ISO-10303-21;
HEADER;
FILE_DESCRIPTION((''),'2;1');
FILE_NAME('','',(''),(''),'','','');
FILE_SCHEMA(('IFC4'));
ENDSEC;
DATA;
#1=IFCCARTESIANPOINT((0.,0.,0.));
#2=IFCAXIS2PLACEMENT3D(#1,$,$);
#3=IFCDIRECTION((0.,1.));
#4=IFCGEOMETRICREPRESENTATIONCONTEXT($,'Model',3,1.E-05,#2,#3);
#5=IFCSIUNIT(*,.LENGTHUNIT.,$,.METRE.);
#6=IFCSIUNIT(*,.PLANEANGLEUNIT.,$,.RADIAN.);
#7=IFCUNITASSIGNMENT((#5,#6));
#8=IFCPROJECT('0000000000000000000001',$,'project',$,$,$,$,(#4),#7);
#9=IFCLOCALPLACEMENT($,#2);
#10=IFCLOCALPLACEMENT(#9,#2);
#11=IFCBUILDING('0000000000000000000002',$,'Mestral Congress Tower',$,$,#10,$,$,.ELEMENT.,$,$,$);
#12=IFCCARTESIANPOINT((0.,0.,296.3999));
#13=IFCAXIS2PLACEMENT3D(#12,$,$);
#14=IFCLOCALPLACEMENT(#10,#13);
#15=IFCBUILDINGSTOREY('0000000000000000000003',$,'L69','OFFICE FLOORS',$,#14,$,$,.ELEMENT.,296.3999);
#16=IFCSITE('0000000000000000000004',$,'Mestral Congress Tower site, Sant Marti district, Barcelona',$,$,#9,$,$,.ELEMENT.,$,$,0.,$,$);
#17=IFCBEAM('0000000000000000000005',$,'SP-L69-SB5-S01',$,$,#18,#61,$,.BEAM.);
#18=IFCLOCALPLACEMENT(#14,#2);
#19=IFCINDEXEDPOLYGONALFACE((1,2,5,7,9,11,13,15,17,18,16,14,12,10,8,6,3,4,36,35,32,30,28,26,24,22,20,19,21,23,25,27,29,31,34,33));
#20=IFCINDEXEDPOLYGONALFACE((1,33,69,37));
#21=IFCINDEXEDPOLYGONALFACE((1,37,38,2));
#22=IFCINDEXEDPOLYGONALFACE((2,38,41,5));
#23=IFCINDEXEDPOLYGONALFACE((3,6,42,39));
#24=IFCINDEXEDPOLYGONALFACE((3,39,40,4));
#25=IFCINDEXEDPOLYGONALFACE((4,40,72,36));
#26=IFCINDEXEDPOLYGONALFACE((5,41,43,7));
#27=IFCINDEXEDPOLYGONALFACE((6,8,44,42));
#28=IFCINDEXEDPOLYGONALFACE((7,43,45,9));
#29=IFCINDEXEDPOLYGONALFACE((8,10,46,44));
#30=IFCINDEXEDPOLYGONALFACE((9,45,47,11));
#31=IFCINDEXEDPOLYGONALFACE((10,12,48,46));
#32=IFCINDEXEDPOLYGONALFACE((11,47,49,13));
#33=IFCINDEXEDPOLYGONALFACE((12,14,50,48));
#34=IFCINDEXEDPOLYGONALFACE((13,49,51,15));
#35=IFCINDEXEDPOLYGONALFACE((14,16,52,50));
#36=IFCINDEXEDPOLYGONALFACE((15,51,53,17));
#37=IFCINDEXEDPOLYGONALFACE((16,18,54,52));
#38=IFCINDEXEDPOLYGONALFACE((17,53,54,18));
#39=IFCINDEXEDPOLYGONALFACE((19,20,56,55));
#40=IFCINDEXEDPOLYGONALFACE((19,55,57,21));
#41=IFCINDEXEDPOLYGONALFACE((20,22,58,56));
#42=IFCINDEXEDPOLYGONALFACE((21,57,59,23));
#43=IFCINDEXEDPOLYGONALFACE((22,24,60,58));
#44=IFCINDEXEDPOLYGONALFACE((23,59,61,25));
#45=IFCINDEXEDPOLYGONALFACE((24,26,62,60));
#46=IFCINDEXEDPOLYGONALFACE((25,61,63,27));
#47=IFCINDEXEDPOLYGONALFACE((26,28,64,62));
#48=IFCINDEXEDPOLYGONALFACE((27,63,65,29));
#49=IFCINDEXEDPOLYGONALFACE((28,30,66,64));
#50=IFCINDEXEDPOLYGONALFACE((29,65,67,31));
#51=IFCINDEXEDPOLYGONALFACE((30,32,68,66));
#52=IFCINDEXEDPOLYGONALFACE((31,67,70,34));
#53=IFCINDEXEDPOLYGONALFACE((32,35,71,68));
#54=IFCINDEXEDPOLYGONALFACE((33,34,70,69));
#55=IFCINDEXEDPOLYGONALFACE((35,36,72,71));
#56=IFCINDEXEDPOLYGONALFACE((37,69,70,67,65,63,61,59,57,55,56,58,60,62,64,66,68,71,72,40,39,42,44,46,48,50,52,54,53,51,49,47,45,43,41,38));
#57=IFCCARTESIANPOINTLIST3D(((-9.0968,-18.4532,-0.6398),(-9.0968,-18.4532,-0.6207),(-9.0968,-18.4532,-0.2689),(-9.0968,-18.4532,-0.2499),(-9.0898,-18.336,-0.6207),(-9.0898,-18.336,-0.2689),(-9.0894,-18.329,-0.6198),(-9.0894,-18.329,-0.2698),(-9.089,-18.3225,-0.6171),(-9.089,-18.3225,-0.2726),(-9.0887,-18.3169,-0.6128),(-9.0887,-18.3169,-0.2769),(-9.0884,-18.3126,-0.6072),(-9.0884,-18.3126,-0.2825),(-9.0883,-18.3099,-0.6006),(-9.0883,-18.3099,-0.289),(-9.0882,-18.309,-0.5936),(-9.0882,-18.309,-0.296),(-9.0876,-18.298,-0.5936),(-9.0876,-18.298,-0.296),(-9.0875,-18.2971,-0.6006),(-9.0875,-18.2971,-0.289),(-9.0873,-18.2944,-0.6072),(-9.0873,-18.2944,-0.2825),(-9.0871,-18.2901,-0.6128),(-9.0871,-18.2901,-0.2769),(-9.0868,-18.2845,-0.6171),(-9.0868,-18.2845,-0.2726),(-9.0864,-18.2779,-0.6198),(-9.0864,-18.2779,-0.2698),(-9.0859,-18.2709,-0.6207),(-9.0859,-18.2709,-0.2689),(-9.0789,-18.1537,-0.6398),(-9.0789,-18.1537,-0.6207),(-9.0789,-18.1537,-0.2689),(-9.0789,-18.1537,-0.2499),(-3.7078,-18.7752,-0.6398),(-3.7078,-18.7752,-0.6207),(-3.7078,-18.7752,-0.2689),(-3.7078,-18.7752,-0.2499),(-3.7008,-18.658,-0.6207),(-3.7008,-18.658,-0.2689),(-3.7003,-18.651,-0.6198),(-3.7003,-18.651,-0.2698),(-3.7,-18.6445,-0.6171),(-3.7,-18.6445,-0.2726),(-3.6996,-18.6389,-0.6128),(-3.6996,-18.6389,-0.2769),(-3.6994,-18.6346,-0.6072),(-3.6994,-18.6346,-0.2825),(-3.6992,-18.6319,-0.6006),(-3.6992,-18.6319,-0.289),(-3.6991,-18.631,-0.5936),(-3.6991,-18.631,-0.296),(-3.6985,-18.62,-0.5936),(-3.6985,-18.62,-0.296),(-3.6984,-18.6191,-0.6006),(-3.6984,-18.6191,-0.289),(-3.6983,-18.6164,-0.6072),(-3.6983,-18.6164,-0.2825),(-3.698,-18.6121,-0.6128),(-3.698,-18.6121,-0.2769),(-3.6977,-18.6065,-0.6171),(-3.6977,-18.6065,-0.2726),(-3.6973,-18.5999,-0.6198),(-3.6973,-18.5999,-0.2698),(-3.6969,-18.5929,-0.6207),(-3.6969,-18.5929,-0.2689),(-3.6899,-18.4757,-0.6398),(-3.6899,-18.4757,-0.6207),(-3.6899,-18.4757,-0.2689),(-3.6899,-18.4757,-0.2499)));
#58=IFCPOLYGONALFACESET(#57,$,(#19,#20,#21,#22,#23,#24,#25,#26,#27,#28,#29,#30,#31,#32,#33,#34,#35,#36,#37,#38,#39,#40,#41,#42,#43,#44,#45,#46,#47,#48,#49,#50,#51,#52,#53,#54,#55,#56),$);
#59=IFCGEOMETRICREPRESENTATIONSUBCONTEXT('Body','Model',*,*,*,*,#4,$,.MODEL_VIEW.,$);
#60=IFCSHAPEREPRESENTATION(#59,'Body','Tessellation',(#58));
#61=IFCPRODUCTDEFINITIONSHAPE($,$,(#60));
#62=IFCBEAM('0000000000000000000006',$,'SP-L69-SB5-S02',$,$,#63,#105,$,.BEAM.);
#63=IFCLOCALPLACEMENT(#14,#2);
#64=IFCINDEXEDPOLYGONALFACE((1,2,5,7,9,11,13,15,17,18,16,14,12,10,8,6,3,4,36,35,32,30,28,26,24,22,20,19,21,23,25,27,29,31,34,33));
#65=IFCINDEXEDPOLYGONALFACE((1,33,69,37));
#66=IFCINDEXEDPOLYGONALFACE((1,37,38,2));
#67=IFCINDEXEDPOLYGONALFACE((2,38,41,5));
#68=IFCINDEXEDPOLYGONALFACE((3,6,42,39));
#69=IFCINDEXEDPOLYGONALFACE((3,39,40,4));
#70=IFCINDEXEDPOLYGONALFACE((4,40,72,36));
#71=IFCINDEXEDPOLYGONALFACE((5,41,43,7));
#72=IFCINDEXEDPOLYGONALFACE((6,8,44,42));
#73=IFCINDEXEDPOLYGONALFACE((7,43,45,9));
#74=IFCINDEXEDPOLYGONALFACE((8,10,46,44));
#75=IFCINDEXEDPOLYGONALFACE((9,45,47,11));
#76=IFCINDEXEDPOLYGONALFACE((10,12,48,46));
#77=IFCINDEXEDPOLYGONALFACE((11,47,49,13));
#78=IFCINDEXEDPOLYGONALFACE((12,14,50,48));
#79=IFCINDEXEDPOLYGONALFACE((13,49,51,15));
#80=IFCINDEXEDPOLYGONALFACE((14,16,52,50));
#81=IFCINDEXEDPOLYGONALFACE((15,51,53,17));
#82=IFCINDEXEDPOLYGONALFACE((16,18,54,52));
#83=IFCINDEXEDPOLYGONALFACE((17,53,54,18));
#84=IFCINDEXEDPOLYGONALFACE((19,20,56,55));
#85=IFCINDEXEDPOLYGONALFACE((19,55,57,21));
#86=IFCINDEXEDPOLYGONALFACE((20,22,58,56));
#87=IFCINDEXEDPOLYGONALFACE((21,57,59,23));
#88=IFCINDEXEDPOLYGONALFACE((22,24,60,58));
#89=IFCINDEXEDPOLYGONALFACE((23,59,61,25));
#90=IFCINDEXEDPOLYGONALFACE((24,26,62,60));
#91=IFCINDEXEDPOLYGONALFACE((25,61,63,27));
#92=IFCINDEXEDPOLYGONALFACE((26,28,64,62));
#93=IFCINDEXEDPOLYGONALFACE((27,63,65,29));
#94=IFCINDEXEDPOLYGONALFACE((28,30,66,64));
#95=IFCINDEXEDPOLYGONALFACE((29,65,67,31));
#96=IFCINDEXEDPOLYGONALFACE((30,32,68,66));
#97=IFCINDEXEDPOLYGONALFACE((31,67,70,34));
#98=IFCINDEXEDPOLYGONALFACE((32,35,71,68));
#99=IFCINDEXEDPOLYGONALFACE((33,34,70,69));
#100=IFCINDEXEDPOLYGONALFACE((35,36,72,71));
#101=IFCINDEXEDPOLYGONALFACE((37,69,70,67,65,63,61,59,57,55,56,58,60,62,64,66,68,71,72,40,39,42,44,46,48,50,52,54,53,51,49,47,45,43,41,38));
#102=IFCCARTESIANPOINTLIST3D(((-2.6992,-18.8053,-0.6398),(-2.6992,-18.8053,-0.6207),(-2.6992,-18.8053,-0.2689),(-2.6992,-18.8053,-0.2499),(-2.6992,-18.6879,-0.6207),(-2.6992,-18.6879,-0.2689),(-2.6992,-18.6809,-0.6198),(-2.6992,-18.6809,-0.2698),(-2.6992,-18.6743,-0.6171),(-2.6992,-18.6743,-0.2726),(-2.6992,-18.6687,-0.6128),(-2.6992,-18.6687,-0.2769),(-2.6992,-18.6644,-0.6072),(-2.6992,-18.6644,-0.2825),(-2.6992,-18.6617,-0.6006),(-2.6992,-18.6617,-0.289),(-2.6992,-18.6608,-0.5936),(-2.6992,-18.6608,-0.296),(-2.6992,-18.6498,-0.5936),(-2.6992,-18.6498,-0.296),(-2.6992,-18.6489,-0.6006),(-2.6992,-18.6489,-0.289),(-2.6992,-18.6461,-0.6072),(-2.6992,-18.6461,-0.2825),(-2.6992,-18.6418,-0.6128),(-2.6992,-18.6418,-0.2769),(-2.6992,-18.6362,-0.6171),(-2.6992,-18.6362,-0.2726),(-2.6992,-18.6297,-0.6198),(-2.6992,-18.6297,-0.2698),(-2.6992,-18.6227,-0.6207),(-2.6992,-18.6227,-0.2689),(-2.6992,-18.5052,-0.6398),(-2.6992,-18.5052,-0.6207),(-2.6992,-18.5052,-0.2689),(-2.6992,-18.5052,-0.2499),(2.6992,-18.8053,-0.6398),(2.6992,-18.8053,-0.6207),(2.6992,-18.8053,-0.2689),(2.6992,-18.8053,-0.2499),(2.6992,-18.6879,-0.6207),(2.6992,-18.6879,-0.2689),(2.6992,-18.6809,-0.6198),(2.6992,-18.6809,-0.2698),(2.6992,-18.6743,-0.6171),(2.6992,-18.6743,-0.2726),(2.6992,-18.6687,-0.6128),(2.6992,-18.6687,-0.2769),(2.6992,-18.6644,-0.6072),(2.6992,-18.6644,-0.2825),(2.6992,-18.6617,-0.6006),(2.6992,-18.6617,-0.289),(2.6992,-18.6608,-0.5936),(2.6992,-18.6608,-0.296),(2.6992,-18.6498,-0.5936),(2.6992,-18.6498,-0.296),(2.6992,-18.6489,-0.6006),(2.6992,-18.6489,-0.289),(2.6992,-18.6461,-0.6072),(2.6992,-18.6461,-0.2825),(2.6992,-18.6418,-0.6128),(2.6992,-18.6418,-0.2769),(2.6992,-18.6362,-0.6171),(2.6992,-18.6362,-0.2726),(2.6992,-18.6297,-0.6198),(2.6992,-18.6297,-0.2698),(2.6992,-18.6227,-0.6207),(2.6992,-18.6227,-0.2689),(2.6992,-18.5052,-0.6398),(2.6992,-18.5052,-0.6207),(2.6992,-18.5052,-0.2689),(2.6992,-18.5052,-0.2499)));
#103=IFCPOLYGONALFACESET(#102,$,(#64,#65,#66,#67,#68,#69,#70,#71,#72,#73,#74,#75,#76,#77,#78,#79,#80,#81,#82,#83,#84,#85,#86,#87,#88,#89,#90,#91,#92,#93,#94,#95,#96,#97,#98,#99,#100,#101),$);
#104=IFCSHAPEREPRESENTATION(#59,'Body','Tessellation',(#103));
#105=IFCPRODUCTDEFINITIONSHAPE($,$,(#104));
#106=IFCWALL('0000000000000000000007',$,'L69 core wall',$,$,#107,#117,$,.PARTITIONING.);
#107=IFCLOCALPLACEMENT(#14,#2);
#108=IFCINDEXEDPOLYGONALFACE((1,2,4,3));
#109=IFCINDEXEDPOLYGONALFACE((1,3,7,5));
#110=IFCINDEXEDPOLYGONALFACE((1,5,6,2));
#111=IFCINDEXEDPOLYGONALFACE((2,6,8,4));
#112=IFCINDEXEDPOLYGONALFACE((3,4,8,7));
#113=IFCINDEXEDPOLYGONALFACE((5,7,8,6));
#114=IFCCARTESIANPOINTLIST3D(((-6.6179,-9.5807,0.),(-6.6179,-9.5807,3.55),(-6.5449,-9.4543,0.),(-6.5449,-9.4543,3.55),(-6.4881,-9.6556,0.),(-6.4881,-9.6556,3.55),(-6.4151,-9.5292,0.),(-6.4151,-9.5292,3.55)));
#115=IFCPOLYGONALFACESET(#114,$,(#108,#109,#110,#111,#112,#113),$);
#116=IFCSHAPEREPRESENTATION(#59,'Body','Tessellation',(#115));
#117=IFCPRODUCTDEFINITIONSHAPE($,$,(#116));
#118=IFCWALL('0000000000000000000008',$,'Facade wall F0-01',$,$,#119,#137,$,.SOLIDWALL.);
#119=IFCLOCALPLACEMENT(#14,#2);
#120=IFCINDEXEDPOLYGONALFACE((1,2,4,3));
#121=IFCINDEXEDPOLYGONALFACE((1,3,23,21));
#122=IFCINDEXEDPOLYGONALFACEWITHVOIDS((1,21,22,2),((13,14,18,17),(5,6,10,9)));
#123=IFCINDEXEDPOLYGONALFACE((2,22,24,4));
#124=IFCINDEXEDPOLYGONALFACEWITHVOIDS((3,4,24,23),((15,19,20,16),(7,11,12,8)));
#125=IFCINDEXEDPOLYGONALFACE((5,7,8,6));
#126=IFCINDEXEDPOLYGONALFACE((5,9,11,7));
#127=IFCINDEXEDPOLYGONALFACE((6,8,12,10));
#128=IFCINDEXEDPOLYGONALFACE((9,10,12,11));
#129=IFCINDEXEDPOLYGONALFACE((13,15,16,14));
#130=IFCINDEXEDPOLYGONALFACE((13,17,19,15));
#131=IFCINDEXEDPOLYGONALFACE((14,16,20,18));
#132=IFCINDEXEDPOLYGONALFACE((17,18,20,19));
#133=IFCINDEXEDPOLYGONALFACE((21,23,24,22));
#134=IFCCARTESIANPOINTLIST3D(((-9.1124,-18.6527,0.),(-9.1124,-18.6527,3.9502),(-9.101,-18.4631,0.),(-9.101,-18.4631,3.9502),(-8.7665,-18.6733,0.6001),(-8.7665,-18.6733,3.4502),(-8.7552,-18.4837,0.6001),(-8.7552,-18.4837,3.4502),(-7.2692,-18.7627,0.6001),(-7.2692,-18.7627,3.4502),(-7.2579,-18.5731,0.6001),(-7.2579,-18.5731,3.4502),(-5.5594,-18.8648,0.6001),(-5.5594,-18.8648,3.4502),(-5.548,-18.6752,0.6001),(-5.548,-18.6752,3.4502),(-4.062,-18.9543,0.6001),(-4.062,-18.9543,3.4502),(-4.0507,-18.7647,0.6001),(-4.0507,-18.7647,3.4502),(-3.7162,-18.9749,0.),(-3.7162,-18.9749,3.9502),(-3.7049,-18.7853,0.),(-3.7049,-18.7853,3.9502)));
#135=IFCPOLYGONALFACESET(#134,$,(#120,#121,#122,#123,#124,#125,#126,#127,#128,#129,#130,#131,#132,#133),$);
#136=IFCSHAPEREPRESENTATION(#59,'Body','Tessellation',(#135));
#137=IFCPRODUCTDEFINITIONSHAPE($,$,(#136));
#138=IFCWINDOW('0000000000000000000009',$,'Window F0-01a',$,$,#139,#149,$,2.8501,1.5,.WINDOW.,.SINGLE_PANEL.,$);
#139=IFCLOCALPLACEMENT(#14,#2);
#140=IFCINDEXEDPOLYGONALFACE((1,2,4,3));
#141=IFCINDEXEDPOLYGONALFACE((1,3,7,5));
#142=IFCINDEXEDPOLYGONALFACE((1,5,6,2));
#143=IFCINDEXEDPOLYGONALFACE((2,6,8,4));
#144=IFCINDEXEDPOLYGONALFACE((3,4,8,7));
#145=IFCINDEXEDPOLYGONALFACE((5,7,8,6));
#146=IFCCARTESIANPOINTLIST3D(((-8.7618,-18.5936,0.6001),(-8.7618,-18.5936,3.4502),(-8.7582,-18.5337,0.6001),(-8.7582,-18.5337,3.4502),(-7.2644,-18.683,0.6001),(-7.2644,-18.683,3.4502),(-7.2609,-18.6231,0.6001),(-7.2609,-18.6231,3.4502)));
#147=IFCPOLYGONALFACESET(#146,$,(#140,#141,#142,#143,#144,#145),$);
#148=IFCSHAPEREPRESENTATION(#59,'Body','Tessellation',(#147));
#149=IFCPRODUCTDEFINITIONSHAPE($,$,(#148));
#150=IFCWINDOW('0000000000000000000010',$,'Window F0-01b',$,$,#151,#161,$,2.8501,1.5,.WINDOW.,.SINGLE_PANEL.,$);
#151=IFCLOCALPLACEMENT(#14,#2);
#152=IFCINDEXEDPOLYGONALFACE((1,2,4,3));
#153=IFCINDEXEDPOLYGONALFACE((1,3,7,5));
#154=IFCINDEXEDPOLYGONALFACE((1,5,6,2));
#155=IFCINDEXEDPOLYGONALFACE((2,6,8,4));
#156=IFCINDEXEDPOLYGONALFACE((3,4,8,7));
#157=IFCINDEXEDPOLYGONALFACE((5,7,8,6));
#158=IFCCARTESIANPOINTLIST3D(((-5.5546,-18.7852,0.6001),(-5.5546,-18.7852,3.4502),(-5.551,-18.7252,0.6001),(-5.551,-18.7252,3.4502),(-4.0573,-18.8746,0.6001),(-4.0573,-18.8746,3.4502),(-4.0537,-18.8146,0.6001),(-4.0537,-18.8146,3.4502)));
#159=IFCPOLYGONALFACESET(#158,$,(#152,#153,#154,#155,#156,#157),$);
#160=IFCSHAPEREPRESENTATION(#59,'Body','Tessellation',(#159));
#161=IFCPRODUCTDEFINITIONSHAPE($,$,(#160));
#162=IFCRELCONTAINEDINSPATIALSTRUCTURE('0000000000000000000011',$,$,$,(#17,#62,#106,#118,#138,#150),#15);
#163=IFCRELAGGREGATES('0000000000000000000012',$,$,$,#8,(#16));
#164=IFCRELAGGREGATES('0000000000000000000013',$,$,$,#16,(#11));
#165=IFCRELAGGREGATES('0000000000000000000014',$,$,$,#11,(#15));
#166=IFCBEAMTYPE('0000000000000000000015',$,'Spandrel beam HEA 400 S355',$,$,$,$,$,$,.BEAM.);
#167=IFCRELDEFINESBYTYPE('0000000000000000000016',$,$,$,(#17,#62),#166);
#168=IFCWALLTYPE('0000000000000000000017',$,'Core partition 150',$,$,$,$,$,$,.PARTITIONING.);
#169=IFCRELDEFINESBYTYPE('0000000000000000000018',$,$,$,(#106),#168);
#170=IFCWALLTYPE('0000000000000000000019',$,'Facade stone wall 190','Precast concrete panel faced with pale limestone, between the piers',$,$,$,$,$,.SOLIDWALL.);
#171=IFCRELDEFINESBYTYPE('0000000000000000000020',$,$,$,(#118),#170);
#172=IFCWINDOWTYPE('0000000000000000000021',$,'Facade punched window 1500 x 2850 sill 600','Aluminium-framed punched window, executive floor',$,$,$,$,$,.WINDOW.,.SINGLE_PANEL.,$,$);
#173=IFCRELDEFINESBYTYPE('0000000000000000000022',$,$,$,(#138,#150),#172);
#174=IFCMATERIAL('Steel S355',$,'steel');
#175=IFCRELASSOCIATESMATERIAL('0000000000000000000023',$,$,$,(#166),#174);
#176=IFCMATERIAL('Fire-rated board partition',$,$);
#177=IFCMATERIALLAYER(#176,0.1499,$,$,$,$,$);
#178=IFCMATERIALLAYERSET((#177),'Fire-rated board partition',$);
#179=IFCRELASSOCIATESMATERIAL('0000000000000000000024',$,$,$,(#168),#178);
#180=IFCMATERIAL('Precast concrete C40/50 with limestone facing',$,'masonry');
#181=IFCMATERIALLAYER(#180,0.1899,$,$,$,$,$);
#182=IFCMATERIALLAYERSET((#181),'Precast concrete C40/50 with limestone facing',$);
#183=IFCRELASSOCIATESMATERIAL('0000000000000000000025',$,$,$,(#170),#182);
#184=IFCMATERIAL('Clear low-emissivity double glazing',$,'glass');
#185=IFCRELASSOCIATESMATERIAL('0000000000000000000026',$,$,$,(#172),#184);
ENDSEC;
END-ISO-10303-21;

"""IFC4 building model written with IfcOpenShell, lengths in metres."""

from ifc_helpers import new_model, si_unit, direction, frame, frame_2d, origin, origin_2d, place, context, subcontext, project, spatial, rectangle, i_section, extrude, material, layer, layer_set, material_profile, profile_set, type_object, element, fill, save


model = new_model("IFC4")

# Units and contexts
model_context = context("Model", 3, precision=1e-05, world=origin(), true_north=direction((0.0, 1.0)))
body_context = subcontext(model_context, "Body", "Model", "MODEL_VIEW")
ifc_project = project(units=[si_unit("LENGTHUNIT", "METRE"), si_unit("PLANEANGLEUNIT", "RADIAN")], contexts=[model_context])

# Site, building, storey
site_placement = place(None, origin())
site = spatial("IfcSite", under=ifc_project, at=site_placement, Name="Mestral Congress Tower site, Sant Marti district, Barcelona", CompositionType="ELEMENT", RefElevation=0.0)
building_placement = place(site_placement, origin())
building = spatial("IfcBuilding", under=site, at=building_placement, Name="Mestral Congress Tower", CompositionType="ELEMENT")
storey_placement = place(building_placement, frame((0.0, 0.0, 296.3999)))
storey = spatial("IfcBuildingStorey", under=building, at=storey_placement, Name="L69", Description="OFFICE FLOORS", CompositionType="ELEMENT", Elevation=296.3999)

# Beams
ifc_material_1 = material(Name="Steel S355", Category="steel")
ifc_material_profile_1 = material_profile(ifc_material_1, i_section(OverallWidth=0.3, OverallDepth=0.3899, WebThickness=0.011, FlangeThickness=0.019, FilletRadius=0.0271, at=origin_2d()), Name="HEA 400")
ifc_profile_set_1 = profile_set([ifc_material_profile_1], Name="Steel S355")
beam_type_1 = type_object("IfcBeamType", Name="Spandrel beam HEA 400 S355", PredefinedType="BEAM", material=ifc_profile_set_1)
beam_1_placement = place(storey_placement, frame((-9.0879, -18.3035, -0.4448), z_axis=(0.99822, -0.059647, 0.0), x_axis=(0.059647, 0.99822, 0.0)))
element("IfcBeam", 1, at=beam_1_placement, inside=storey, type_object=beam_type_1, Name="SP-L69-SB5-S01", PredefinedType="BEAM", context=body_context, shape_type="SweptSolid", body=[
    extrude(i_section(OverallWidth=0.3, OverallDepth=0.3899, WebThickness=0.011, FlangeThickness=0.019, FilletRadius=0.0271, at=origin_2d()), origin(), (0.0, 0.0, 1.0), 5.3987),
])
beam_2_placement = place(storey_placement, frame((-2.6992, -18.6553, -0.4448), z_axis=(1.0, 0.0, 0.0), x_axis=(0.0, 1.0, 0.0)))
element("IfcBeam", 2, at=beam_2_placement, inside=storey, type_object=beam_type_1, Name="SP-L69-SB5-S02", PredefinedType="BEAM", context=body_context, shape_type="SweptSolid", body=[
    extrude(i_section(OverallWidth=0.3, OverallDepth=0.3899, WebThickness=0.011, FlangeThickness=0.019, FilletRadius=0.0271, at=origin_2d()), origin(), (0.0, 0.0, 1.0), 5.3984),
])

# Wall
ifc_material_2 = material(Name="Fire-rated board partition")
ifc_layer_1 = layer(ifc_material_2, 0.1499)
ifc_layer_set_1 = layer_set([ifc_layer_1], Name="Fire-rated board partition")
wall_type_1 = type_object("IfcWallType", Name="Core partition 150", PredefinedType="PARTITIONING", material=ifc_layer_set_1)
wall_1_placement = place(storey_placement, frame((-6.553, -9.6182, 0.0), z_axis=(0.0, 0.0, 1.0), x_axis=(0.499915, 0.866074, 0.0)))
element("IfcWall", 3, at=wall_1_placement, inside=storey, type_object=wall_type_1, Name="L69 core wall", PredefinedType="PARTITIONING", context=body_context, shape_type="SweptSolid", body=[
    extrude(rectangle(XDim=0.146, YDim=0.1499, at=frame_2d((0.073, 0.0))), origin(), (0.0, 0.0, 1.0), 3.55),
])

# Wall, openings, windows
ifc_material_3 = material(Name="Precast concrete C40/50 with limestone facing", Category="masonry")
ifc_layer_2 = layer(ifc_material_3, 0.1899)
ifc_layer_set_2 = layer_set([ifc_layer_2], Name="Precast concrete C40/50 with limestone facing")
wall_type_2 = type_object("IfcWallType", Name="Facade stone wall 190", Description="Precast concrete panel faced with pale limestone, between the piers", PredefinedType="SOLIDWALL", material=ifc_layer_set_2)
wall_2_placement = place(storey_placement, frame((-9.1067, -18.5579, 0.0), z_axis=(0.0, 0.0, 1.0), x_axis=(0.998221, -0.059614, 0.0)))
wall_2 = element("IfcWall", 4, at=wall_2_placement, inside=storey, type_object=wall_type_2, Name="Facade wall F0-01", PredefinedType="SOLIDWALL", context=body_context, shape_type="SweptSolid", body=[
    extrude(rectangle(XDim=5.4058, YDim=0.1899, at=frame_2d((2.7029, 0.0))), origin(), (0.0, 0.0, 1.0), 3.9502),
])
opening_1_placement = place(wall_2_placement, frame((0.3464, 0.0, 0.6001)))
opening_1 = element("IfcOpeningElement", 5, at=opening_1_placement, cuts=wall_2, PredefinedType="OPENING", context=body_context, shape_type="SweptSolid", body=[
    extrude(rectangle(XDim=1.5, YDim=2.8501, at=frame_2d((0.75, 1.425))), frame((0.0, 0.105, 0.0), z_axis=(0.0, -1.0, 0.0), x_axis=(1.0, 0.0, 0.0)), (0.0, 0.0, 1.0), 0.21),
])
opening_2_placement = place(wall_2_placement, frame((3.5593, 0.0, 0.6001)))
opening_2 = element("IfcOpeningElement", 6, at=opening_2_placement, cuts=wall_2, PredefinedType="OPENING", context=body_context, shape_type="SweptSolid", body=[
    extrude(rectangle(XDim=1.5, YDim=2.8501, at=frame_2d((0.75, 1.425))), frame((0.0, 0.105, 0.0), z_axis=(0.0, -1.0, 0.0), x_axis=(1.0, 0.0, 0.0)), (0.0, 0.0, 1.0), 0.21),
])
ifc_material_4 = material(Name="Clear low-emissivity double glazing", Category="glass")
window_type = type_object("IfcWindowType", Name="Facade punched window 1500 x 2850 sill 600", Description="Aluminium-framed punched window, executive floor", PartitioningType="SINGLE_PANEL", PredefinedType="WINDOW", material=ifc_material_4)
window_1_placement = place(opening_1_placement, origin())
window_1 = element("IfcWindow", 7, at=window_1_placement, inside=storey, type_object=window_type, Name="Window F0-01a", OverallHeight=2.8501, OverallWidth=1.5, PartitioningType="SINGLE_PANEL", PredefinedType="WINDOW", context=body_context, shape_type="SweptSolid", body=[
    extrude(rectangle(XDim=1.5, YDim=2.8501, at=frame_2d((0.75, 1.425))), frame((0.0, 0.0449, 0.0), z_axis=(0.0, -1.0, 0.0), x_axis=(1.0, 0.0, 0.0)), (0.0, 0.0, 1.0), 0.0601),
])
fill(opening_1, window_1)
window_2_placement = place(opening_2_placement, origin())
window_2 = element("IfcWindow", 8, at=window_2_placement, inside=storey, type_object=window_type, Name="Window F0-01b", OverallHeight=2.8501, OverallWidth=1.5, PartitioningType="SINGLE_PANEL", PredefinedType="WINDOW", context=body_context, shape_type="SweptSolid", body=[
    extrude(rectangle(XDim=1.5, YDim=2.8501, at=frame_2d((0.75, 1.425))), frame((0.0, 0.0449, 0.0), z_axis=(0.0, -1.0, 0.0), x_axis=(1.0, 0.0, 0.0)), (0.0, 0.0, 1.0), 0.0601),
])
fill(opening_2, window_2)

save(model, "model.ifc")
